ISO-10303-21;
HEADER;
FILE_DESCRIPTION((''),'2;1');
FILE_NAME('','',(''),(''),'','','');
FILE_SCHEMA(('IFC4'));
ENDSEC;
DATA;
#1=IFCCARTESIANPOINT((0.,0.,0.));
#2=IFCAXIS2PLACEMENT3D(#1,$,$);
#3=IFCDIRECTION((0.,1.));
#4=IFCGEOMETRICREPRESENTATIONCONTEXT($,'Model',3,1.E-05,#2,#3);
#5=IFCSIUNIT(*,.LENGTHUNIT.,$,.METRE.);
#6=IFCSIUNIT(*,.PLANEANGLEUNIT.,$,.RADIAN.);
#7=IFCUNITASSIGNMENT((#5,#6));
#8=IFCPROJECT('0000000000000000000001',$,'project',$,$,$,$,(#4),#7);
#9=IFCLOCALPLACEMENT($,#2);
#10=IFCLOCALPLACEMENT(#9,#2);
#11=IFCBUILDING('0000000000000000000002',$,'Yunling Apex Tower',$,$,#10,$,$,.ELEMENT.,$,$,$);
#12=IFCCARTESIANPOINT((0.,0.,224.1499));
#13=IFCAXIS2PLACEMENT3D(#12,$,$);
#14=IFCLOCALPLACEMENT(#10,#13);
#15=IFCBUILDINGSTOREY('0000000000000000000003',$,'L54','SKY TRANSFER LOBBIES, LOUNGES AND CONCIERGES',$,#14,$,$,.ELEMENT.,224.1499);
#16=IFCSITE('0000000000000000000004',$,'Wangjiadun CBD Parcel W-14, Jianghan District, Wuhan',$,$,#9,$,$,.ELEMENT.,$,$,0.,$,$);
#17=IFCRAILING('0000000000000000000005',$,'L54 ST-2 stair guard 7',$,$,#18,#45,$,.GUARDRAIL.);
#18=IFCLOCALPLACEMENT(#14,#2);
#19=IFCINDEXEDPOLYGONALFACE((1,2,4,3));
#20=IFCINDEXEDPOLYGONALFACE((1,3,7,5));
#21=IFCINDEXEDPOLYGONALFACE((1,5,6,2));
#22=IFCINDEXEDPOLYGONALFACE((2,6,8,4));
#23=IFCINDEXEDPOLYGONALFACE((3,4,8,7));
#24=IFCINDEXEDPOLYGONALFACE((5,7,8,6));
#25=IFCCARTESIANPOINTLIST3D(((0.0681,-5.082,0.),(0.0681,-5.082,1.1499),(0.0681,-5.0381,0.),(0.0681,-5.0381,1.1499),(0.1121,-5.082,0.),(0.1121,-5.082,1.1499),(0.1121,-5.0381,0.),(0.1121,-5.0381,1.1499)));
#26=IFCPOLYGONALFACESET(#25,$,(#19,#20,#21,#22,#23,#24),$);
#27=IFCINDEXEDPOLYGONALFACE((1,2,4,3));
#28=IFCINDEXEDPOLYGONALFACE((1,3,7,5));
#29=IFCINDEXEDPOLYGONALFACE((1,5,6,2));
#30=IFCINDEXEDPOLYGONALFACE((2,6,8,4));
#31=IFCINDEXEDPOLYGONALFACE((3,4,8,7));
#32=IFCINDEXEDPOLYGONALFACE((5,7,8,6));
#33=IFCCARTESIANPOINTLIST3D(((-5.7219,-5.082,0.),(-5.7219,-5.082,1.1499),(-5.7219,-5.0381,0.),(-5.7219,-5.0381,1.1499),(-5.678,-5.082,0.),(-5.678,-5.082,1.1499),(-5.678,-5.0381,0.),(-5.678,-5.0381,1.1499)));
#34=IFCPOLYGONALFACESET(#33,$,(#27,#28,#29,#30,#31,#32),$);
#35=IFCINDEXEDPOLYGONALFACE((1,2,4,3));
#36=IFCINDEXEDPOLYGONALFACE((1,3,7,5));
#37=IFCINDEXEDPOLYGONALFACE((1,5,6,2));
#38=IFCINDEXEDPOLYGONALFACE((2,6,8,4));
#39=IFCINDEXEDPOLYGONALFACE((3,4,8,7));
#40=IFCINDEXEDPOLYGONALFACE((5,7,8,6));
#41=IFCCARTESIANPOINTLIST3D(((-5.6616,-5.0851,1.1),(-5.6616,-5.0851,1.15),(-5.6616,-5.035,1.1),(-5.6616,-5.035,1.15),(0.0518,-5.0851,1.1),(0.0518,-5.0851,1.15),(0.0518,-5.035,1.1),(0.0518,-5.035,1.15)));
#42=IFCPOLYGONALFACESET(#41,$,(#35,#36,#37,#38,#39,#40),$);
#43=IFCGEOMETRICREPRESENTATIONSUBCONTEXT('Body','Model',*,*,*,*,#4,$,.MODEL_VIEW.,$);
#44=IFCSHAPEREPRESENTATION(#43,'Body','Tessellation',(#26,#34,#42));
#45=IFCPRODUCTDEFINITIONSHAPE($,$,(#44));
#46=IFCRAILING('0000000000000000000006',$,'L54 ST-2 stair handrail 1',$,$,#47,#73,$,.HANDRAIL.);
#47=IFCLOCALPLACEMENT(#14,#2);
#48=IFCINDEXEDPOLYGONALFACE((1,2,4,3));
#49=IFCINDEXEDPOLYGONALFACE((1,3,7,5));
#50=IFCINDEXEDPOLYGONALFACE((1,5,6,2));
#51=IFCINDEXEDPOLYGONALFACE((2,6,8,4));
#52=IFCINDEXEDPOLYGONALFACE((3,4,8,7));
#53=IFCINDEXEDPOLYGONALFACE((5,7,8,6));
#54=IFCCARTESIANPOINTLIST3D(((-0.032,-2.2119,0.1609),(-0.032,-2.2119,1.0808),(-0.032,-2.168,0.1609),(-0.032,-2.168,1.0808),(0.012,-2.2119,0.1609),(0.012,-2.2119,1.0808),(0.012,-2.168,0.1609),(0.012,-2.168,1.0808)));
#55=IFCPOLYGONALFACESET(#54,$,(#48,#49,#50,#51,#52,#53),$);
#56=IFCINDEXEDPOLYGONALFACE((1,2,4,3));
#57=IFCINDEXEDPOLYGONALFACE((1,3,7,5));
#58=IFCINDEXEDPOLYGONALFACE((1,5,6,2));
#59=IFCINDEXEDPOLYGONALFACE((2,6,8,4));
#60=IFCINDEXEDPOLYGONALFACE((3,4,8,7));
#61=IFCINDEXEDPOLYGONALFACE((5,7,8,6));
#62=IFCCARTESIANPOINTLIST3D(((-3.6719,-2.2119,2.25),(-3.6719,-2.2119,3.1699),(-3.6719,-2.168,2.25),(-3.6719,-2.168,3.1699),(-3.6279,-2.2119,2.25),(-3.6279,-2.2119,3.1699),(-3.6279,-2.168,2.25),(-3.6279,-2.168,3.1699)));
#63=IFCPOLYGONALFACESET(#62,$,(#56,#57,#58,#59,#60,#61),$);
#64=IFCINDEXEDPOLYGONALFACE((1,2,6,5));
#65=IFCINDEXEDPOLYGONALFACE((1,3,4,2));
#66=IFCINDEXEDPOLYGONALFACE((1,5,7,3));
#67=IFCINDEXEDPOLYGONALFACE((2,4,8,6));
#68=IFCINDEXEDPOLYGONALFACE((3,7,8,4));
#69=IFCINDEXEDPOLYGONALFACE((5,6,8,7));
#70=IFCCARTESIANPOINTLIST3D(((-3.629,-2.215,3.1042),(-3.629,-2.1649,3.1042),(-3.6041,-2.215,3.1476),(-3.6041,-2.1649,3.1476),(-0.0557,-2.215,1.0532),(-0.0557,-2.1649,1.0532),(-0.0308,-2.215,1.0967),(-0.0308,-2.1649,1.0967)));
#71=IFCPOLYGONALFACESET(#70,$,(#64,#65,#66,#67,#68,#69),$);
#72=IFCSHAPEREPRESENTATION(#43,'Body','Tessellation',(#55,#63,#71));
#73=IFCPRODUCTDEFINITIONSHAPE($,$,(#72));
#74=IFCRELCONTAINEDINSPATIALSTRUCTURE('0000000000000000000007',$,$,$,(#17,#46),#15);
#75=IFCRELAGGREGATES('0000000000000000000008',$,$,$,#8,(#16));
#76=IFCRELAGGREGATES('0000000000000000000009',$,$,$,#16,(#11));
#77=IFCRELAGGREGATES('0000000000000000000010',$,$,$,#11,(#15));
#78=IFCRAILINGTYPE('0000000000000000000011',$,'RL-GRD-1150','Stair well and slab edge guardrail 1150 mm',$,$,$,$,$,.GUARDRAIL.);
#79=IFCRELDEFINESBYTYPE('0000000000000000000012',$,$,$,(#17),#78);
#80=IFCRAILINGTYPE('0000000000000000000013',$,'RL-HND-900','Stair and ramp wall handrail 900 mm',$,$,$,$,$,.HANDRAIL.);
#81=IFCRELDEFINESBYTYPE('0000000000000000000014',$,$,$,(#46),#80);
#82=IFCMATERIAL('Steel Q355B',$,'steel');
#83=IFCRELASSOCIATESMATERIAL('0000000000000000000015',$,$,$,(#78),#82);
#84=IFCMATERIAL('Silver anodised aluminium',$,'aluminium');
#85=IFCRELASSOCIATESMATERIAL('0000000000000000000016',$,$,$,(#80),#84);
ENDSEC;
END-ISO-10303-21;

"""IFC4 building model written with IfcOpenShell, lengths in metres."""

from ifc_helpers import new_model, si_unit, direction, frame, origin, origin_2d, place, context, subcontext, project, spatial, rectangle, extrude, material, type_object, element, save


model = new_model("IFC4")

# Units and contexts
model_context = context("Model", 3, precision=1e-05, world=origin(), true_north=direction((0.0, 1.0)))
body_context = subcontext(model_context, "Body", "Model", "MODEL_VIEW")
ifc_project = project(units=[si_unit("LENGTHUNIT", "METRE"), si_unit("PLANEANGLEUNIT", "RADIAN")], contexts=[model_context])

# Site, building, storey
site_placement = place(None, origin())
site = spatial("IfcSite", under=ifc_project, at=site_placement, Name="Wangjiadun CBD Parcel W-14, Jianghan District, Wuhan", CompositionType="ELEMENT", RefElevation=0.0)
building_placement = place(site_placement, origin())
building = spatial("IfcBuilding", under=site, at=building_placement, Name="Yunling Apex Tower", CompositionType="ELEMENT")
storey_placement = place(building_placement, frame((0.0, 0.0, 224.1499)))
storey = spatial("IfcBuildingStorey", under=building, at=storey_placement, Name="L54", Description="SKY TRANSFER LOBBIES, LOUNGES AND CONCIERGES", CompositionType="ELEMENT", Elevation=224.1499)

# Shared definitions
ifc_material_1 = material(Name="Steel Q355B", Category="steel")

# Railings
railing_type_1 = type_object("IfcRailingType", Name="RL-GRD-1150", Description="Stair well and slab edge guardrail 1150 mm", PredefinedType="GUARDRAIL", material=ifc_material_1)
railing_1_placement = place(storey_placement, frame((0.0901, -5.0601, 0.0)))
element("IfcRailing", 1, at=railing_1_placement, inside=storey, type_object=railing_type_1, Name="L54 ST-2 stair guard 7", PredefinedType="GUARDRAIL", context=body_context, shape_type="SweptSolid", body=[
    extrude(rectangle(XDim=0.0439, YDim=0.0439, at=origin_2d()), origin(), (0.0, 0.0, 1.0), 1.1499),
    extrude(rectangle(XDim=0.0439, YDim=0.0439, at=origin_2d()), frame((-5.79, 0.0, 0.0)), (0.0, 0.0, 1.0), 1.1499),
    extrude(rectangle(XDim=0.05, YDim=0.05, at=origin_2d()), frame((-0.0383, 0.0, 1.125), z_axis=(-1.0, 0.0, 0.0), x_axis=(0.0, -1.0, 0.0)), (0.0, 0.0, 1.0), 5.7134),
])
ifc_material_2 = material(Name="Silver anodised aluminium", Category="aluminium")
railing_type_2 = type_object("IfcRailingType", Name="RL-HND-900", Description="Stair and ramp wall handrail 900 mm", PredefinedType="HANDRAIL", material=ifc_material_2)
railing_2_placement = place(storey_placement, frame((-0.01, -2.1899, 0.1609)))
element("IfcRailing", 2, at=railing_2_placement, inside=storey, type_object=railing_type_2, Name="L54 ST-2 stair handrail 1", PredefinedType="HANDRAIL", context=body_context, shape_type="SweptSolid", body=[
    extrude(rectangle(XDim=0.0439, YDim=0.0439, at=origin_2d()), origin(), (0.0, 0.0, 1.0), 0.9199),
    extrude(rectangle(XDim=0.0439, YDim=0.0439, at=origin_2d()), frame((-3.6399, 0.0, 2.0891)), (0.0, 0.0, 1.0), 0.9199),
    extrude(rectangle(XDim=0.05, YDim=0.05, at=origin_2d()), frame((-0.0332, 0.0, 0.9141), z_axis=(-0.8673, 0.0, 0.497786), x_axis=(0.0, -1.0, 0.0)), (0.0, 0.0, 1.0), 4.1201),
])

save(model, "model.ifc")
